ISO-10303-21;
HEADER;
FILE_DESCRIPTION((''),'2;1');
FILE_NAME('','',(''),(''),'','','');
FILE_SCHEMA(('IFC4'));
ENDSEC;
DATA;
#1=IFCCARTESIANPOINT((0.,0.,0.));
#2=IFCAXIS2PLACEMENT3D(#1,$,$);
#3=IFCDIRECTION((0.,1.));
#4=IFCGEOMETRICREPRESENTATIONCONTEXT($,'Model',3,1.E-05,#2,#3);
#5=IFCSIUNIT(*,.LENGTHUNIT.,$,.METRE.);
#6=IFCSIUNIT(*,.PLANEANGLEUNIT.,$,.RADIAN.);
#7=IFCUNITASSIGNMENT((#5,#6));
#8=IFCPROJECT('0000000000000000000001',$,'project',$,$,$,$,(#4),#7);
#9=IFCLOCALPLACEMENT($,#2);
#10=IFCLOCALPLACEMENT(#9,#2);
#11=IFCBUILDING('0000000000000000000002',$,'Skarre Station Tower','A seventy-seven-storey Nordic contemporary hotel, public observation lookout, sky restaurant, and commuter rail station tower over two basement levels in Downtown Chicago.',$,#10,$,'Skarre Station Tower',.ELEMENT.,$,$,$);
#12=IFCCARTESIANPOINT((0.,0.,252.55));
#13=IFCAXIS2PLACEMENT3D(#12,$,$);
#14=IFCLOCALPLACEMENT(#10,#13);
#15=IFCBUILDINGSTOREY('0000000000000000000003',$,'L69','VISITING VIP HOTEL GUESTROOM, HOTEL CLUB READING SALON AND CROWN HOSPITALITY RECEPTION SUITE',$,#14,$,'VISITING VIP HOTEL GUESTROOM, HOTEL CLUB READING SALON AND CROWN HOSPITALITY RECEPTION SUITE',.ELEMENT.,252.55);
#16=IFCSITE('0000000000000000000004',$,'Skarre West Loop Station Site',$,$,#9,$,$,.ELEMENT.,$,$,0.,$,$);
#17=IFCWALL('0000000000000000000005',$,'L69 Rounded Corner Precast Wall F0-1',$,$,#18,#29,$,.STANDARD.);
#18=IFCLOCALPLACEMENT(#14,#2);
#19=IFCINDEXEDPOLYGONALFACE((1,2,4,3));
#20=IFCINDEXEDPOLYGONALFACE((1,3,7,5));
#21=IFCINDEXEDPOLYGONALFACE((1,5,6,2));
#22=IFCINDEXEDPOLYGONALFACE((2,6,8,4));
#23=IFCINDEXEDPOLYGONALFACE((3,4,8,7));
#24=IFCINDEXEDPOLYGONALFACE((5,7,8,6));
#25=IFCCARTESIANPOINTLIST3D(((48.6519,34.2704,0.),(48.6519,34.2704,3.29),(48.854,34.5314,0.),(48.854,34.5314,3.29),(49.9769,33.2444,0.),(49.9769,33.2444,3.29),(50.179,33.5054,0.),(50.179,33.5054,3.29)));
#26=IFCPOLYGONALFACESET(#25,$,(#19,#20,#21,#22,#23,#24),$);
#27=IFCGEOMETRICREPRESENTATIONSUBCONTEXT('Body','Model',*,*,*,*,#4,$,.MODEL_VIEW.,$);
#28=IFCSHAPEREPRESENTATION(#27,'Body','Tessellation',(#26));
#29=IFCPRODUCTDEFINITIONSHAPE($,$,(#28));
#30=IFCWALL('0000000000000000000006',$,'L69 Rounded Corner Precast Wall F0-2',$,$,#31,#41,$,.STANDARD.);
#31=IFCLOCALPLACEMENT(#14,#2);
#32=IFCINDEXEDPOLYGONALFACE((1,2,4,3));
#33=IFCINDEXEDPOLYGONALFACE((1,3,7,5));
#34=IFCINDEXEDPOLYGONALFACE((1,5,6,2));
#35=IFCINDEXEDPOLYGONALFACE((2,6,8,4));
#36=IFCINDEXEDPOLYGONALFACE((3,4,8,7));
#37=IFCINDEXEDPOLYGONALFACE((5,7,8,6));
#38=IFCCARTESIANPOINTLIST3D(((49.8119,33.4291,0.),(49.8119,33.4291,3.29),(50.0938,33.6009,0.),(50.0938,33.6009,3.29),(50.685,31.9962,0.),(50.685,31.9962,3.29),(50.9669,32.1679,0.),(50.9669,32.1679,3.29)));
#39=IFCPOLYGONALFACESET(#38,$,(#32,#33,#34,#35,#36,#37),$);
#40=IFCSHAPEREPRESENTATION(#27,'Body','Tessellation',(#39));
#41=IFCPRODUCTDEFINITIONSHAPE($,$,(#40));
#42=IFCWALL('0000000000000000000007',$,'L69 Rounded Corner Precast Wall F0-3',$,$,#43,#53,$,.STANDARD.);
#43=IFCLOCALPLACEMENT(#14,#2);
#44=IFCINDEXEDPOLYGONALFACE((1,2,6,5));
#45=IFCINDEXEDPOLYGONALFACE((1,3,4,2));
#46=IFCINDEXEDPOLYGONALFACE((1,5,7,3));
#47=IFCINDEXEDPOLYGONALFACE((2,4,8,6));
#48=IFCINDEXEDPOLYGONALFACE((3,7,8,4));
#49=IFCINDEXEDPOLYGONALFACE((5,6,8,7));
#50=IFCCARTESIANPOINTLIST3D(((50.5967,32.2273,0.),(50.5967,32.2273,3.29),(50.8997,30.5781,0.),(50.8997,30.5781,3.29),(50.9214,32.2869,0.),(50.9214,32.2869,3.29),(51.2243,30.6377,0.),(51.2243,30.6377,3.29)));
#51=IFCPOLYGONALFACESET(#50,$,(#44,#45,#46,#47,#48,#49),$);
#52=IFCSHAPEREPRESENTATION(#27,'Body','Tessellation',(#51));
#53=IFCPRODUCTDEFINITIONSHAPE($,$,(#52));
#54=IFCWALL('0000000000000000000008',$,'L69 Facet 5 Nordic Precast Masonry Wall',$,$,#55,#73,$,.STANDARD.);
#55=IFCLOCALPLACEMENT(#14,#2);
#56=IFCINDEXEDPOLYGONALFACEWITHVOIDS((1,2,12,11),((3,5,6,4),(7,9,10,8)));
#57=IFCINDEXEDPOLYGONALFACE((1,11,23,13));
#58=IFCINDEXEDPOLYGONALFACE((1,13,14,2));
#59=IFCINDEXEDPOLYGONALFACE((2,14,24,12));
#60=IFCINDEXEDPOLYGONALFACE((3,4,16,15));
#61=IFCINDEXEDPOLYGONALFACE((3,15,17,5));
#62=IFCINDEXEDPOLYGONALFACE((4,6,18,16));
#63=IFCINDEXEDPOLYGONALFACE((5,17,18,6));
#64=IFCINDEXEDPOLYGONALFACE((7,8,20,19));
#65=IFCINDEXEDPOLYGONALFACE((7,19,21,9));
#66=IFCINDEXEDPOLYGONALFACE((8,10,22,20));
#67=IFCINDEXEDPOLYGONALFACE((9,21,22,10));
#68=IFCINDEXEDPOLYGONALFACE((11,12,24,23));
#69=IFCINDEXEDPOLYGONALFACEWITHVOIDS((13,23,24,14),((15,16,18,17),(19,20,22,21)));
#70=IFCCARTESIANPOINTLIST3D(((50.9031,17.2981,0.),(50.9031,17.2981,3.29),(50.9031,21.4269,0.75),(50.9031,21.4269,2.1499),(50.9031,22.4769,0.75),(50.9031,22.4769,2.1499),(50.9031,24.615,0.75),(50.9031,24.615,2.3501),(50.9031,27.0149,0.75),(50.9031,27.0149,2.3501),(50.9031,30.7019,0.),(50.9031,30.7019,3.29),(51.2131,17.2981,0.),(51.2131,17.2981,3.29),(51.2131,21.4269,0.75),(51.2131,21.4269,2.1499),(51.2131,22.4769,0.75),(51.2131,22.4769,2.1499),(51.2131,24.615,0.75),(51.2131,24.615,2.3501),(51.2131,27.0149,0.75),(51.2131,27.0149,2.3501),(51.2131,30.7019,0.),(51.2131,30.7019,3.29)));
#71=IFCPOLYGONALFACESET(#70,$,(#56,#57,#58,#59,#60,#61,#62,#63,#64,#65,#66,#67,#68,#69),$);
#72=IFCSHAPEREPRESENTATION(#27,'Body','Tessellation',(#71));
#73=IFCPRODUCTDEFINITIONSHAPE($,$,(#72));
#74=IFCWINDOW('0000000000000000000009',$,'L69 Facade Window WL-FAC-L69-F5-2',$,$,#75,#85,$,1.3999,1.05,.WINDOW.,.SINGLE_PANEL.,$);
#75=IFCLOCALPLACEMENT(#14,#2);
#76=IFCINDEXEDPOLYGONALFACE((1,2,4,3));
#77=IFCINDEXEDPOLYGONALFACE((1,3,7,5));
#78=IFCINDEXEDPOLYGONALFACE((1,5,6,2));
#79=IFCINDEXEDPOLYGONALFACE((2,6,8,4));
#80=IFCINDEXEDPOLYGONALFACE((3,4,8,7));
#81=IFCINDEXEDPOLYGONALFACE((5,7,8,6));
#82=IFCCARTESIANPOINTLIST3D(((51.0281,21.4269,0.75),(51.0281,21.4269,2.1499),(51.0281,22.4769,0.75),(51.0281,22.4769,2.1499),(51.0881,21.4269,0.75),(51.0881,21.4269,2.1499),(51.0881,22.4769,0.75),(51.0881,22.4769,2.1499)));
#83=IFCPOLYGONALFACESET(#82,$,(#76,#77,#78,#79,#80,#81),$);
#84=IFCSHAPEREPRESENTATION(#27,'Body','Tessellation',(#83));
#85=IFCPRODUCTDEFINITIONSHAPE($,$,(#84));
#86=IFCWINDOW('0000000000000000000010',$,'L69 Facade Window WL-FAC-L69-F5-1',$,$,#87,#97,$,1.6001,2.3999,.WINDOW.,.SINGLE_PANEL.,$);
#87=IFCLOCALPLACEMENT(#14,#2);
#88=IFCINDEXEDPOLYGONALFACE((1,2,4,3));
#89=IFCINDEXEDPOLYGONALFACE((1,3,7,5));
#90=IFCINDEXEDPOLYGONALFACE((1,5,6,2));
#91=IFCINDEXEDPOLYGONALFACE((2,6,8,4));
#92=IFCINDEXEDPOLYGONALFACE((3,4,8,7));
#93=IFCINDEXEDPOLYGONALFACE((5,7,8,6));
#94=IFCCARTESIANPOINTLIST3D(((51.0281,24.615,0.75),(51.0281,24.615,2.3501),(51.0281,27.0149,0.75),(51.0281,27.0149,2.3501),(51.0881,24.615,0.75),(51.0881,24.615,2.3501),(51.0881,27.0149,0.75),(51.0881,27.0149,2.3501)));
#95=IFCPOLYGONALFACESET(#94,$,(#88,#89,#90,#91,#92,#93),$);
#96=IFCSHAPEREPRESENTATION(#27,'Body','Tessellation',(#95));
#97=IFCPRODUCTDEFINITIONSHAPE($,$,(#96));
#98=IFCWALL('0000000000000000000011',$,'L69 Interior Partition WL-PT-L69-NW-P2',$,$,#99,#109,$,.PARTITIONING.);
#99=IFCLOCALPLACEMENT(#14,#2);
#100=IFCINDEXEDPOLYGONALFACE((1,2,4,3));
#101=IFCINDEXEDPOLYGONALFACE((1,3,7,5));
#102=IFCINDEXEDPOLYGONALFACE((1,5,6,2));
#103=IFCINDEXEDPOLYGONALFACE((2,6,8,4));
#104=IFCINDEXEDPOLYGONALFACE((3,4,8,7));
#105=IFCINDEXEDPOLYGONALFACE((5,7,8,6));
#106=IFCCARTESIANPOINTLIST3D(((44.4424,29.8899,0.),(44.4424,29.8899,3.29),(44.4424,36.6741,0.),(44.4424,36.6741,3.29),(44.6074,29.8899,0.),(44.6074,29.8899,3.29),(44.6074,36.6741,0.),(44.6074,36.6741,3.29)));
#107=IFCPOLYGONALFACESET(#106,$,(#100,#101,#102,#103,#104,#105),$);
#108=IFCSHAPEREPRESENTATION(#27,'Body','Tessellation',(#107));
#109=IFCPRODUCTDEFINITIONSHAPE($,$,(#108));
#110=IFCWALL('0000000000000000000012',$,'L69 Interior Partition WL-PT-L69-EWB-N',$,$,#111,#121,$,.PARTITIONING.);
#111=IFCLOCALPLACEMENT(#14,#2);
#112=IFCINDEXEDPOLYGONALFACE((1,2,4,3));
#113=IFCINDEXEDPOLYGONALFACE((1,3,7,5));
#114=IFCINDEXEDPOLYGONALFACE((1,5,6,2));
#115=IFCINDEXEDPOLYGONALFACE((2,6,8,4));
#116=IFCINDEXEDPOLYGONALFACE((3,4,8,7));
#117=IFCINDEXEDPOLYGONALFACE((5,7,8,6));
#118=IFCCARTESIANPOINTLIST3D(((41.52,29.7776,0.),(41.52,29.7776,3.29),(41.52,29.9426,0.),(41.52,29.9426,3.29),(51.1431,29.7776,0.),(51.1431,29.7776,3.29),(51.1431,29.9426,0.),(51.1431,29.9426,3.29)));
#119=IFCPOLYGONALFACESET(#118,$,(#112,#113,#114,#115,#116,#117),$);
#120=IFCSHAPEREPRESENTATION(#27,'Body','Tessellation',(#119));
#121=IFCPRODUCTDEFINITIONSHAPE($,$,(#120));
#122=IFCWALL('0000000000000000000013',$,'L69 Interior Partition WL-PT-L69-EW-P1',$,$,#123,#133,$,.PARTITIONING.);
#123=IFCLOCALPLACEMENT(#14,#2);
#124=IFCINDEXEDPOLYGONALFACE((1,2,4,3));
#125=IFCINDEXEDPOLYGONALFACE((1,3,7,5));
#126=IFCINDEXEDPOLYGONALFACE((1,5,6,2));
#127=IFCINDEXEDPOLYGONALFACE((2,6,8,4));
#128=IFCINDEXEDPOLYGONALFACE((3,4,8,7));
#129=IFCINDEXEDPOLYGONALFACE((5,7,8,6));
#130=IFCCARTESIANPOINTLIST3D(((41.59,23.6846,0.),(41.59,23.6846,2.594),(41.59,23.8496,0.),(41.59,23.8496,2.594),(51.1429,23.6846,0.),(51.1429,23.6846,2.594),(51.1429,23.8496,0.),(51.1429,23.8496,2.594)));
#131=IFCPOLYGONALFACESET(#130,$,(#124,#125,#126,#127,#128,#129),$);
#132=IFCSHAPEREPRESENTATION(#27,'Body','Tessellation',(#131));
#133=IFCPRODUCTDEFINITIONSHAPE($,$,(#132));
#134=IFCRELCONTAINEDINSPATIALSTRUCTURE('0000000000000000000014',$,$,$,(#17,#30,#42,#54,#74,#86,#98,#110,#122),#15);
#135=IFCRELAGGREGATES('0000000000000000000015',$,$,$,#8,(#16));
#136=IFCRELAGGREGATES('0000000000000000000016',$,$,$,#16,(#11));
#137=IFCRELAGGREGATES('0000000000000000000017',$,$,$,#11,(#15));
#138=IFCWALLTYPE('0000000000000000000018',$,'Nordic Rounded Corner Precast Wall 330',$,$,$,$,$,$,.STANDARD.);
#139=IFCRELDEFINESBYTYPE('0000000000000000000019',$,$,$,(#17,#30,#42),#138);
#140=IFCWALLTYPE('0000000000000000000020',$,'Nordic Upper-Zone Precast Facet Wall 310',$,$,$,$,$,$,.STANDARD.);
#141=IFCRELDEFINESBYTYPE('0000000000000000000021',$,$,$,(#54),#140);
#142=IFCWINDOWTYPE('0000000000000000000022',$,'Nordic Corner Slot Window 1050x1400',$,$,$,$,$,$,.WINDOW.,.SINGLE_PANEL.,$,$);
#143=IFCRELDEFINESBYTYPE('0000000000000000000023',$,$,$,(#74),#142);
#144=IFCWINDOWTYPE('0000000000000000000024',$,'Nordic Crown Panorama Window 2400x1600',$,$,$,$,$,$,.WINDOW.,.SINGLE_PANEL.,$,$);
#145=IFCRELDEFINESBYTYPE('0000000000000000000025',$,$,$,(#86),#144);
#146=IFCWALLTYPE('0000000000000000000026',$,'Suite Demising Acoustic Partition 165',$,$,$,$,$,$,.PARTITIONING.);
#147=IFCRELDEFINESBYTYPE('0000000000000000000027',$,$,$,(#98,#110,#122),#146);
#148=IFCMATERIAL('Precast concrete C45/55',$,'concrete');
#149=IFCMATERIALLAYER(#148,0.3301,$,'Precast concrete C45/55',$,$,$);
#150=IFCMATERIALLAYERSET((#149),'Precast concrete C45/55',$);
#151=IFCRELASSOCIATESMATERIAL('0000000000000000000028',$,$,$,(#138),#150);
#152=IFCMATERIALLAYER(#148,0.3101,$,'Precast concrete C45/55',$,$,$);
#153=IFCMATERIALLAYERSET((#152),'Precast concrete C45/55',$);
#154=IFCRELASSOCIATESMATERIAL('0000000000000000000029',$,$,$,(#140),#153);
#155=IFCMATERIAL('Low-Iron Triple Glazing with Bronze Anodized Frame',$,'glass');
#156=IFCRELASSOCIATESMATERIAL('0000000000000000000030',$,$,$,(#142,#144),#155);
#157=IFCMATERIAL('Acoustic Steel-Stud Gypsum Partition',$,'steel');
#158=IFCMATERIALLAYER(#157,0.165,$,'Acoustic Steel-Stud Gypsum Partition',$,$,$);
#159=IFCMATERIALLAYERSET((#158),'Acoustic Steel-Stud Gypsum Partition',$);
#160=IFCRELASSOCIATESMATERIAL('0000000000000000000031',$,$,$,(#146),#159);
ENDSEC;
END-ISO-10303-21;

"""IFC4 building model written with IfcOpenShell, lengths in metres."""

from ifc_helpers import new_model, si_unit, direction, frame, frame_2d, origin, place, context, subcontext, project, spatial, rectangle, extrude, material, layer, layer_set, type_object, element, fill, save


model = new_model("IFC4")

# Units and contexts
model_context = context("Model", 3, precision=1e-05, world=origin(), true_north=direction((0.0, 1.0)))
body_context = subcontext(model_context, "Body", "Model", "MODEL_VIEW")
ifc_project = project(units=[si_unit("LENGTHUNIT", "METRE"), si_unit("PLANEANGLEUNIT", "RADIAN")], contexts=[model_context])

# Site, building, storey
site_placement = place(None, origin())
site = spatial("IfcSite", under=ifc_project, at=site_placement, Name="Skarre West Loop Station Site", CompositionType="ELEMENT", RefElevation=0.0)
building_placement = place(site_placement, origin())
building = spatial("IfcBuilding", under=site, at=building_placement, Name="Skarre Station Tower", Description="A seventy-seven-storey Nordic contemporary hotel, public observation lookout, sky restaurant, and commuter rail station tower over two basement levels in Downtown Chicago.", LongName="Skarre Station Tower", CompositionType="ELEMENT")
storey_placement = place(building_placement, frame((0.0, 0.0, 252.55)))
storey = spatial("IfcBuildingStorey", under=building, at=storey_placement, Name="L69", Description="VISITING VIP HOTEL GUESTROOM, HOTEL CLUB READING SALON AND CROWN HOSPITALITY RECEPTION SUITE", LongName="VISITING VIP HOTEL GUESTROOM, HOTEL CLUB READING SALON AND CROWN HOSPITALITY RECEPTION SUITE", CompositionType="ELEMENT", Elevation=252.55)

# Shared definitions
ifc_material_1 = material(Name="Acoustic Steel-Stud Gypsum Partition", Category="steel")

# Walls
ifc_material_2 = material(Name="Precast concrete C45/55", Category="concrete")
ifc_layer_1 = layer(ifc_material_2, 0.3301, Name="Precast concrete C45/55")
ifc_layer_set_1 = layer_set([ifc_layer_1], Name="Precast concrete C45/55")
wall_type_1 = type_object("IfcWallType", Name="Nordic Rounded Corner Precast Wall 330", PredefinedType="STANDARD", material=ifc_layer_set_1)
wall_1_placement = place(storey_placement, frame((48.7529, 34.4009, 0.0), z_axis=(0.0, 0.0, 1.0), x_axis=(0.790692, -0.612214, 0.0)))
element("IfcWall", 1, at=wall_1_placement, inside=storey, type_object=wall_type_1, Name="L69 Rounded Corner Precast Wall F0-1", PredefinedType="STANDARD", context=body_context, shape_type="SweptSolid", body=[
    extrude(rectangle(XDim=1.6758, YDim=0.3301, at=frame_2d((0.8379, 0.0))), origin(), (0.0, 0.0, 1.0), 3.29),
])
wall_2_placement = place(storey_placement, frame((49.9529, 33.5149, 0.0), z_axis=(0.0, 0.0, 1.0), x_axis=(0.520325, -0.853968, 0.0)))
element("IfcWall", 2, at=wall_2_placement, inside=storey, type_object=wall_type_1, Name="L69 Rounded Corner Precast Wall F0-2", PredefinedType="STANDARD", context=body_context, shape_type="SweptSolid", body=[
    extrude(rectangle(XDim=1.678, YDim=0.3301, at=frame_2d((0.8389, 0.0))), origin(), (0.0, 0.0, 1.0), 3.29),
])
wall_3_placement = place(storey_placement, frame((50.759, 32.2571, 0.0), z_axis=(0.0, 0.0, 1.0), x_axis=(0.180692, -0.98354, 0.0)))
element("IfcWall", 3, at=wall_3_placement, inside=storey, type_object=wall_type_1, Name="L69 Rounded Corner Precast Wall F0-3", PredefinedType="STANDARD", context=body_context, shape_type="SweptSolid", body=[
    extrude(rectangle(XDim=1.6768, YDim=0.3301, at=frame_2d((0.8384, 0.0))), origin(), (0.0, 0.0, 1.0), 3.29),
])

# Wall, openings, windows
ifc_layer_2 = layer(ifc_material_2, 0.3101, Name="Precast concrete C45/55")
ifc_layer_set_2 = layer_set([ifc_layer_2], Name="Precast concrete C45/55")
wall_type_2 = type_object("IfcWallType", Name="Nordic Upper-Zone Precast Facet Wall 310", PredefinedType="STANDARD", material=ifc_layer_set_2)
wall_4_placement = place(storey_placement, frame((51.0581, 30.7019, 0.0), z_axis=(0.0, 0.0, 1.0), x_axis=(0.0, -1.0, 0.0)))
wall_4 = element("IfcWall", 4, at=wall_4_placement, inside=storey, type_object=wall_type_2, Name="L69 Facet 5 Nordic Precast Masonry Wall", PredefinedType="STANDARD", context=body_context, shape_type="SweptSolid", body=[
    extrude(rectangle(XDim=13.4038, YDim=0.3101, at=frame_2d((6.7019, 0.0))), origin(), (0.0, 0.0, 1.0), 3.29),
])
opening_1_placement = place(wall_4_placement, frame((3.687, 0.0, 0.75)))
opening_1 = element("IfcOpeningElement", 5, at=opening_1_placement, cuts=wall_4, PredefinedType="OPENING", context=body_context, shape_type="SweptSolid", body=[
    extrude(rectangle(XDim=2.3999, YDim=1.6001, at=frame_2d((1.2, 0.8))), frame((0.0, 0.165, 0.0), z_axis=(0.0, -1.0, 0.0), x_axis=(1.0, 0.0, 0.0)), (0.0, 0.0, 1.0), 0.3301),
])
opening_2_placement = place(wall_4_placement, frame((8.2251, 0.0, 0.75)))
opening_2 = element("IfcOpeningElement", 6, at=opening_2_placement, cuts=wall_4, PredefinedType="OPENING", context=body_context, shape_type="SweptSolid", body=[
    extrude(rectangle(XDim=1.05, YDim=1.3999, at=frame_2d((0.5249, 0.7))), frame((0.0, 0.165, 0.0), z_axis=(0.0, -1.0, 0.0), x_axis=(1.0, 0.0, 0.0)), (0.0, 0.0, 1.0), 0.3301),
])
ifc_material_3 = material(Name="Low-Iron Triple Glazing with Bronze Anodized Frame", Category="glass")
window_type_1 = type_object("IfcWindowType", Name="Nordic Corner Slot Window 1050x1400", PartitioningType="SINGLE_PANEL", PredefinedType="WINDOW", material=ifc_material_3)
window_1_placement = place(opening_2_placement, origin())
window_1 = element("IfcWindow", 7, at=window_1_placement, inside=storey, type_object=window_type_1, Name="L69 Facade Window WL-FAC-L69-F5-2", OverallHeight=1.3999, OverallWidth=1.05, PartitioningType="SINGLE_PANEL", PredefinedType="WINDOW", context=body_context, shape_type="SweptSolid", body=[
    extrude(rectangle(XDim=1.05, YDim=1.3999, at=frame_2d((0.5249, 0.7))), frame((0.0, 0.03, 0.0), z_axis=(0.0, -1.0, 0.0), x_axis=(1.0, 0.0, 0.0)), (0.0, 0.0, 1.0), 0.0601),
])
fill(opening_2, window_1)
window_type_2 = type_object("IfcWindowType", Name="Nordic Crown Panorama Window 2400x1600", PartitioningType="SINGLE_PANEL", PredefinedType="WINDOW", material=ifc_material_3)
window_2_placement = place(opening_1_placement, origin())
window_2 = element("IfcWindow", 8, at=window_2_placement, inside=storey, type_object=window_type_2, Name="L69 Facade Window WL-FAC-L69-F5-1", OverallHeight=1.6001, OverallWidth=2.3999, PartitioningType="SINGLE_PANEL", PredefinedType="WINDOW", context=body_context, shape_type="SweptSolid", body=[
    extrude(rectangle(XDim=2.3999, YDim=1.6001, at=frame_2d((1.2, 0.8))), frame((0.0, 0.03, 0.0), z_axis=(0.0, -1.0, 0.0), x_axis=(1.0, 0.0, 0.0)), (0.0, 0.0, 1.0), 0.0601),
])
fill(opening_1, window_2)

# Walls
ifc_layer_3 = layer(ifc_material_1, 0.165, Name="Acoustic Steel-Stud Gypsum Partition")
ifc_layer_set_3 = layer_set([ifc_layer_3], Name="Acoustic Steel-Stud Gypsum Partition")
wall_type_3 = type_object("IfcWallType", Name="Suite Demising Acoustic Partition 165", PredefinedType="PARTITIONING", material=ifc_layer_set_3)
wall_5_placement = place(storey_placement, frame((44.5249, 29.8899, 0.0), z_axis=(0.0, 0.0, 1.0), x_axis=(0.0, 1.0, 0.0)))
element("IfcWall", 9, at=wall_5_placement, inside=storey, type_object=wall_type_3, Name="L69 Interior Partition WL-PT-L69-NW-P2", PredefinedType="PARTITIONING", context=body_context, shape_type="SweptSolid", body=[
    extrude(rectangle(XDim=6.7842, YDim=0.165, at=frame_2d((3.3921, 0.0))), origin(), (0.0, 0.0, 1.0), 3.29),
])
wall_6_placement = place(storey_placement, frame((41.52, 29.8601, 0.0), z_axis=(0.0, 0.0, 1.0), x_axis=(1.0, 0.0, 0.0)))
element("IfcWall", 10, at=wall_6_placement, inside=storey, type_object=wall_type_3, Name="L69 Interior Partition WL-PT-L69-EWB-N", PredefinedType="PARTITIONING", context=body_context, shape_type="SweptSolid", body=[
    extrude(rectangle(XDim=9.623, YDim=0.165, at=frame_2d((4.8115, 0.0))), origin(), (0.0, 0.0, 1.0), 3.29),
])
wall_7_placement = place(storey_placement, frame((41.5901, 23.7671, 0.0), z_axis=(0.0, 0.0, 1.0), x_axis=(1.0, 0.0, 0.0)))
element("IfcWall", 11, at=wall_7_placement, inside=storey, type_object=wall_type_3, Name="L69 Interior Partition WL-PT-L69-EW-P1", PredefinedType="PARTITIONING", context=body_context, shape_type="SweptSolid", body=[
    extrude(rectangle(XDim=9.553, YDim=0.165, at=frame_2d((4.7764, 0.0))), origin(), (0.0, 0.0, 1.0), 2.594),
])

save(model, "model.ifc")
